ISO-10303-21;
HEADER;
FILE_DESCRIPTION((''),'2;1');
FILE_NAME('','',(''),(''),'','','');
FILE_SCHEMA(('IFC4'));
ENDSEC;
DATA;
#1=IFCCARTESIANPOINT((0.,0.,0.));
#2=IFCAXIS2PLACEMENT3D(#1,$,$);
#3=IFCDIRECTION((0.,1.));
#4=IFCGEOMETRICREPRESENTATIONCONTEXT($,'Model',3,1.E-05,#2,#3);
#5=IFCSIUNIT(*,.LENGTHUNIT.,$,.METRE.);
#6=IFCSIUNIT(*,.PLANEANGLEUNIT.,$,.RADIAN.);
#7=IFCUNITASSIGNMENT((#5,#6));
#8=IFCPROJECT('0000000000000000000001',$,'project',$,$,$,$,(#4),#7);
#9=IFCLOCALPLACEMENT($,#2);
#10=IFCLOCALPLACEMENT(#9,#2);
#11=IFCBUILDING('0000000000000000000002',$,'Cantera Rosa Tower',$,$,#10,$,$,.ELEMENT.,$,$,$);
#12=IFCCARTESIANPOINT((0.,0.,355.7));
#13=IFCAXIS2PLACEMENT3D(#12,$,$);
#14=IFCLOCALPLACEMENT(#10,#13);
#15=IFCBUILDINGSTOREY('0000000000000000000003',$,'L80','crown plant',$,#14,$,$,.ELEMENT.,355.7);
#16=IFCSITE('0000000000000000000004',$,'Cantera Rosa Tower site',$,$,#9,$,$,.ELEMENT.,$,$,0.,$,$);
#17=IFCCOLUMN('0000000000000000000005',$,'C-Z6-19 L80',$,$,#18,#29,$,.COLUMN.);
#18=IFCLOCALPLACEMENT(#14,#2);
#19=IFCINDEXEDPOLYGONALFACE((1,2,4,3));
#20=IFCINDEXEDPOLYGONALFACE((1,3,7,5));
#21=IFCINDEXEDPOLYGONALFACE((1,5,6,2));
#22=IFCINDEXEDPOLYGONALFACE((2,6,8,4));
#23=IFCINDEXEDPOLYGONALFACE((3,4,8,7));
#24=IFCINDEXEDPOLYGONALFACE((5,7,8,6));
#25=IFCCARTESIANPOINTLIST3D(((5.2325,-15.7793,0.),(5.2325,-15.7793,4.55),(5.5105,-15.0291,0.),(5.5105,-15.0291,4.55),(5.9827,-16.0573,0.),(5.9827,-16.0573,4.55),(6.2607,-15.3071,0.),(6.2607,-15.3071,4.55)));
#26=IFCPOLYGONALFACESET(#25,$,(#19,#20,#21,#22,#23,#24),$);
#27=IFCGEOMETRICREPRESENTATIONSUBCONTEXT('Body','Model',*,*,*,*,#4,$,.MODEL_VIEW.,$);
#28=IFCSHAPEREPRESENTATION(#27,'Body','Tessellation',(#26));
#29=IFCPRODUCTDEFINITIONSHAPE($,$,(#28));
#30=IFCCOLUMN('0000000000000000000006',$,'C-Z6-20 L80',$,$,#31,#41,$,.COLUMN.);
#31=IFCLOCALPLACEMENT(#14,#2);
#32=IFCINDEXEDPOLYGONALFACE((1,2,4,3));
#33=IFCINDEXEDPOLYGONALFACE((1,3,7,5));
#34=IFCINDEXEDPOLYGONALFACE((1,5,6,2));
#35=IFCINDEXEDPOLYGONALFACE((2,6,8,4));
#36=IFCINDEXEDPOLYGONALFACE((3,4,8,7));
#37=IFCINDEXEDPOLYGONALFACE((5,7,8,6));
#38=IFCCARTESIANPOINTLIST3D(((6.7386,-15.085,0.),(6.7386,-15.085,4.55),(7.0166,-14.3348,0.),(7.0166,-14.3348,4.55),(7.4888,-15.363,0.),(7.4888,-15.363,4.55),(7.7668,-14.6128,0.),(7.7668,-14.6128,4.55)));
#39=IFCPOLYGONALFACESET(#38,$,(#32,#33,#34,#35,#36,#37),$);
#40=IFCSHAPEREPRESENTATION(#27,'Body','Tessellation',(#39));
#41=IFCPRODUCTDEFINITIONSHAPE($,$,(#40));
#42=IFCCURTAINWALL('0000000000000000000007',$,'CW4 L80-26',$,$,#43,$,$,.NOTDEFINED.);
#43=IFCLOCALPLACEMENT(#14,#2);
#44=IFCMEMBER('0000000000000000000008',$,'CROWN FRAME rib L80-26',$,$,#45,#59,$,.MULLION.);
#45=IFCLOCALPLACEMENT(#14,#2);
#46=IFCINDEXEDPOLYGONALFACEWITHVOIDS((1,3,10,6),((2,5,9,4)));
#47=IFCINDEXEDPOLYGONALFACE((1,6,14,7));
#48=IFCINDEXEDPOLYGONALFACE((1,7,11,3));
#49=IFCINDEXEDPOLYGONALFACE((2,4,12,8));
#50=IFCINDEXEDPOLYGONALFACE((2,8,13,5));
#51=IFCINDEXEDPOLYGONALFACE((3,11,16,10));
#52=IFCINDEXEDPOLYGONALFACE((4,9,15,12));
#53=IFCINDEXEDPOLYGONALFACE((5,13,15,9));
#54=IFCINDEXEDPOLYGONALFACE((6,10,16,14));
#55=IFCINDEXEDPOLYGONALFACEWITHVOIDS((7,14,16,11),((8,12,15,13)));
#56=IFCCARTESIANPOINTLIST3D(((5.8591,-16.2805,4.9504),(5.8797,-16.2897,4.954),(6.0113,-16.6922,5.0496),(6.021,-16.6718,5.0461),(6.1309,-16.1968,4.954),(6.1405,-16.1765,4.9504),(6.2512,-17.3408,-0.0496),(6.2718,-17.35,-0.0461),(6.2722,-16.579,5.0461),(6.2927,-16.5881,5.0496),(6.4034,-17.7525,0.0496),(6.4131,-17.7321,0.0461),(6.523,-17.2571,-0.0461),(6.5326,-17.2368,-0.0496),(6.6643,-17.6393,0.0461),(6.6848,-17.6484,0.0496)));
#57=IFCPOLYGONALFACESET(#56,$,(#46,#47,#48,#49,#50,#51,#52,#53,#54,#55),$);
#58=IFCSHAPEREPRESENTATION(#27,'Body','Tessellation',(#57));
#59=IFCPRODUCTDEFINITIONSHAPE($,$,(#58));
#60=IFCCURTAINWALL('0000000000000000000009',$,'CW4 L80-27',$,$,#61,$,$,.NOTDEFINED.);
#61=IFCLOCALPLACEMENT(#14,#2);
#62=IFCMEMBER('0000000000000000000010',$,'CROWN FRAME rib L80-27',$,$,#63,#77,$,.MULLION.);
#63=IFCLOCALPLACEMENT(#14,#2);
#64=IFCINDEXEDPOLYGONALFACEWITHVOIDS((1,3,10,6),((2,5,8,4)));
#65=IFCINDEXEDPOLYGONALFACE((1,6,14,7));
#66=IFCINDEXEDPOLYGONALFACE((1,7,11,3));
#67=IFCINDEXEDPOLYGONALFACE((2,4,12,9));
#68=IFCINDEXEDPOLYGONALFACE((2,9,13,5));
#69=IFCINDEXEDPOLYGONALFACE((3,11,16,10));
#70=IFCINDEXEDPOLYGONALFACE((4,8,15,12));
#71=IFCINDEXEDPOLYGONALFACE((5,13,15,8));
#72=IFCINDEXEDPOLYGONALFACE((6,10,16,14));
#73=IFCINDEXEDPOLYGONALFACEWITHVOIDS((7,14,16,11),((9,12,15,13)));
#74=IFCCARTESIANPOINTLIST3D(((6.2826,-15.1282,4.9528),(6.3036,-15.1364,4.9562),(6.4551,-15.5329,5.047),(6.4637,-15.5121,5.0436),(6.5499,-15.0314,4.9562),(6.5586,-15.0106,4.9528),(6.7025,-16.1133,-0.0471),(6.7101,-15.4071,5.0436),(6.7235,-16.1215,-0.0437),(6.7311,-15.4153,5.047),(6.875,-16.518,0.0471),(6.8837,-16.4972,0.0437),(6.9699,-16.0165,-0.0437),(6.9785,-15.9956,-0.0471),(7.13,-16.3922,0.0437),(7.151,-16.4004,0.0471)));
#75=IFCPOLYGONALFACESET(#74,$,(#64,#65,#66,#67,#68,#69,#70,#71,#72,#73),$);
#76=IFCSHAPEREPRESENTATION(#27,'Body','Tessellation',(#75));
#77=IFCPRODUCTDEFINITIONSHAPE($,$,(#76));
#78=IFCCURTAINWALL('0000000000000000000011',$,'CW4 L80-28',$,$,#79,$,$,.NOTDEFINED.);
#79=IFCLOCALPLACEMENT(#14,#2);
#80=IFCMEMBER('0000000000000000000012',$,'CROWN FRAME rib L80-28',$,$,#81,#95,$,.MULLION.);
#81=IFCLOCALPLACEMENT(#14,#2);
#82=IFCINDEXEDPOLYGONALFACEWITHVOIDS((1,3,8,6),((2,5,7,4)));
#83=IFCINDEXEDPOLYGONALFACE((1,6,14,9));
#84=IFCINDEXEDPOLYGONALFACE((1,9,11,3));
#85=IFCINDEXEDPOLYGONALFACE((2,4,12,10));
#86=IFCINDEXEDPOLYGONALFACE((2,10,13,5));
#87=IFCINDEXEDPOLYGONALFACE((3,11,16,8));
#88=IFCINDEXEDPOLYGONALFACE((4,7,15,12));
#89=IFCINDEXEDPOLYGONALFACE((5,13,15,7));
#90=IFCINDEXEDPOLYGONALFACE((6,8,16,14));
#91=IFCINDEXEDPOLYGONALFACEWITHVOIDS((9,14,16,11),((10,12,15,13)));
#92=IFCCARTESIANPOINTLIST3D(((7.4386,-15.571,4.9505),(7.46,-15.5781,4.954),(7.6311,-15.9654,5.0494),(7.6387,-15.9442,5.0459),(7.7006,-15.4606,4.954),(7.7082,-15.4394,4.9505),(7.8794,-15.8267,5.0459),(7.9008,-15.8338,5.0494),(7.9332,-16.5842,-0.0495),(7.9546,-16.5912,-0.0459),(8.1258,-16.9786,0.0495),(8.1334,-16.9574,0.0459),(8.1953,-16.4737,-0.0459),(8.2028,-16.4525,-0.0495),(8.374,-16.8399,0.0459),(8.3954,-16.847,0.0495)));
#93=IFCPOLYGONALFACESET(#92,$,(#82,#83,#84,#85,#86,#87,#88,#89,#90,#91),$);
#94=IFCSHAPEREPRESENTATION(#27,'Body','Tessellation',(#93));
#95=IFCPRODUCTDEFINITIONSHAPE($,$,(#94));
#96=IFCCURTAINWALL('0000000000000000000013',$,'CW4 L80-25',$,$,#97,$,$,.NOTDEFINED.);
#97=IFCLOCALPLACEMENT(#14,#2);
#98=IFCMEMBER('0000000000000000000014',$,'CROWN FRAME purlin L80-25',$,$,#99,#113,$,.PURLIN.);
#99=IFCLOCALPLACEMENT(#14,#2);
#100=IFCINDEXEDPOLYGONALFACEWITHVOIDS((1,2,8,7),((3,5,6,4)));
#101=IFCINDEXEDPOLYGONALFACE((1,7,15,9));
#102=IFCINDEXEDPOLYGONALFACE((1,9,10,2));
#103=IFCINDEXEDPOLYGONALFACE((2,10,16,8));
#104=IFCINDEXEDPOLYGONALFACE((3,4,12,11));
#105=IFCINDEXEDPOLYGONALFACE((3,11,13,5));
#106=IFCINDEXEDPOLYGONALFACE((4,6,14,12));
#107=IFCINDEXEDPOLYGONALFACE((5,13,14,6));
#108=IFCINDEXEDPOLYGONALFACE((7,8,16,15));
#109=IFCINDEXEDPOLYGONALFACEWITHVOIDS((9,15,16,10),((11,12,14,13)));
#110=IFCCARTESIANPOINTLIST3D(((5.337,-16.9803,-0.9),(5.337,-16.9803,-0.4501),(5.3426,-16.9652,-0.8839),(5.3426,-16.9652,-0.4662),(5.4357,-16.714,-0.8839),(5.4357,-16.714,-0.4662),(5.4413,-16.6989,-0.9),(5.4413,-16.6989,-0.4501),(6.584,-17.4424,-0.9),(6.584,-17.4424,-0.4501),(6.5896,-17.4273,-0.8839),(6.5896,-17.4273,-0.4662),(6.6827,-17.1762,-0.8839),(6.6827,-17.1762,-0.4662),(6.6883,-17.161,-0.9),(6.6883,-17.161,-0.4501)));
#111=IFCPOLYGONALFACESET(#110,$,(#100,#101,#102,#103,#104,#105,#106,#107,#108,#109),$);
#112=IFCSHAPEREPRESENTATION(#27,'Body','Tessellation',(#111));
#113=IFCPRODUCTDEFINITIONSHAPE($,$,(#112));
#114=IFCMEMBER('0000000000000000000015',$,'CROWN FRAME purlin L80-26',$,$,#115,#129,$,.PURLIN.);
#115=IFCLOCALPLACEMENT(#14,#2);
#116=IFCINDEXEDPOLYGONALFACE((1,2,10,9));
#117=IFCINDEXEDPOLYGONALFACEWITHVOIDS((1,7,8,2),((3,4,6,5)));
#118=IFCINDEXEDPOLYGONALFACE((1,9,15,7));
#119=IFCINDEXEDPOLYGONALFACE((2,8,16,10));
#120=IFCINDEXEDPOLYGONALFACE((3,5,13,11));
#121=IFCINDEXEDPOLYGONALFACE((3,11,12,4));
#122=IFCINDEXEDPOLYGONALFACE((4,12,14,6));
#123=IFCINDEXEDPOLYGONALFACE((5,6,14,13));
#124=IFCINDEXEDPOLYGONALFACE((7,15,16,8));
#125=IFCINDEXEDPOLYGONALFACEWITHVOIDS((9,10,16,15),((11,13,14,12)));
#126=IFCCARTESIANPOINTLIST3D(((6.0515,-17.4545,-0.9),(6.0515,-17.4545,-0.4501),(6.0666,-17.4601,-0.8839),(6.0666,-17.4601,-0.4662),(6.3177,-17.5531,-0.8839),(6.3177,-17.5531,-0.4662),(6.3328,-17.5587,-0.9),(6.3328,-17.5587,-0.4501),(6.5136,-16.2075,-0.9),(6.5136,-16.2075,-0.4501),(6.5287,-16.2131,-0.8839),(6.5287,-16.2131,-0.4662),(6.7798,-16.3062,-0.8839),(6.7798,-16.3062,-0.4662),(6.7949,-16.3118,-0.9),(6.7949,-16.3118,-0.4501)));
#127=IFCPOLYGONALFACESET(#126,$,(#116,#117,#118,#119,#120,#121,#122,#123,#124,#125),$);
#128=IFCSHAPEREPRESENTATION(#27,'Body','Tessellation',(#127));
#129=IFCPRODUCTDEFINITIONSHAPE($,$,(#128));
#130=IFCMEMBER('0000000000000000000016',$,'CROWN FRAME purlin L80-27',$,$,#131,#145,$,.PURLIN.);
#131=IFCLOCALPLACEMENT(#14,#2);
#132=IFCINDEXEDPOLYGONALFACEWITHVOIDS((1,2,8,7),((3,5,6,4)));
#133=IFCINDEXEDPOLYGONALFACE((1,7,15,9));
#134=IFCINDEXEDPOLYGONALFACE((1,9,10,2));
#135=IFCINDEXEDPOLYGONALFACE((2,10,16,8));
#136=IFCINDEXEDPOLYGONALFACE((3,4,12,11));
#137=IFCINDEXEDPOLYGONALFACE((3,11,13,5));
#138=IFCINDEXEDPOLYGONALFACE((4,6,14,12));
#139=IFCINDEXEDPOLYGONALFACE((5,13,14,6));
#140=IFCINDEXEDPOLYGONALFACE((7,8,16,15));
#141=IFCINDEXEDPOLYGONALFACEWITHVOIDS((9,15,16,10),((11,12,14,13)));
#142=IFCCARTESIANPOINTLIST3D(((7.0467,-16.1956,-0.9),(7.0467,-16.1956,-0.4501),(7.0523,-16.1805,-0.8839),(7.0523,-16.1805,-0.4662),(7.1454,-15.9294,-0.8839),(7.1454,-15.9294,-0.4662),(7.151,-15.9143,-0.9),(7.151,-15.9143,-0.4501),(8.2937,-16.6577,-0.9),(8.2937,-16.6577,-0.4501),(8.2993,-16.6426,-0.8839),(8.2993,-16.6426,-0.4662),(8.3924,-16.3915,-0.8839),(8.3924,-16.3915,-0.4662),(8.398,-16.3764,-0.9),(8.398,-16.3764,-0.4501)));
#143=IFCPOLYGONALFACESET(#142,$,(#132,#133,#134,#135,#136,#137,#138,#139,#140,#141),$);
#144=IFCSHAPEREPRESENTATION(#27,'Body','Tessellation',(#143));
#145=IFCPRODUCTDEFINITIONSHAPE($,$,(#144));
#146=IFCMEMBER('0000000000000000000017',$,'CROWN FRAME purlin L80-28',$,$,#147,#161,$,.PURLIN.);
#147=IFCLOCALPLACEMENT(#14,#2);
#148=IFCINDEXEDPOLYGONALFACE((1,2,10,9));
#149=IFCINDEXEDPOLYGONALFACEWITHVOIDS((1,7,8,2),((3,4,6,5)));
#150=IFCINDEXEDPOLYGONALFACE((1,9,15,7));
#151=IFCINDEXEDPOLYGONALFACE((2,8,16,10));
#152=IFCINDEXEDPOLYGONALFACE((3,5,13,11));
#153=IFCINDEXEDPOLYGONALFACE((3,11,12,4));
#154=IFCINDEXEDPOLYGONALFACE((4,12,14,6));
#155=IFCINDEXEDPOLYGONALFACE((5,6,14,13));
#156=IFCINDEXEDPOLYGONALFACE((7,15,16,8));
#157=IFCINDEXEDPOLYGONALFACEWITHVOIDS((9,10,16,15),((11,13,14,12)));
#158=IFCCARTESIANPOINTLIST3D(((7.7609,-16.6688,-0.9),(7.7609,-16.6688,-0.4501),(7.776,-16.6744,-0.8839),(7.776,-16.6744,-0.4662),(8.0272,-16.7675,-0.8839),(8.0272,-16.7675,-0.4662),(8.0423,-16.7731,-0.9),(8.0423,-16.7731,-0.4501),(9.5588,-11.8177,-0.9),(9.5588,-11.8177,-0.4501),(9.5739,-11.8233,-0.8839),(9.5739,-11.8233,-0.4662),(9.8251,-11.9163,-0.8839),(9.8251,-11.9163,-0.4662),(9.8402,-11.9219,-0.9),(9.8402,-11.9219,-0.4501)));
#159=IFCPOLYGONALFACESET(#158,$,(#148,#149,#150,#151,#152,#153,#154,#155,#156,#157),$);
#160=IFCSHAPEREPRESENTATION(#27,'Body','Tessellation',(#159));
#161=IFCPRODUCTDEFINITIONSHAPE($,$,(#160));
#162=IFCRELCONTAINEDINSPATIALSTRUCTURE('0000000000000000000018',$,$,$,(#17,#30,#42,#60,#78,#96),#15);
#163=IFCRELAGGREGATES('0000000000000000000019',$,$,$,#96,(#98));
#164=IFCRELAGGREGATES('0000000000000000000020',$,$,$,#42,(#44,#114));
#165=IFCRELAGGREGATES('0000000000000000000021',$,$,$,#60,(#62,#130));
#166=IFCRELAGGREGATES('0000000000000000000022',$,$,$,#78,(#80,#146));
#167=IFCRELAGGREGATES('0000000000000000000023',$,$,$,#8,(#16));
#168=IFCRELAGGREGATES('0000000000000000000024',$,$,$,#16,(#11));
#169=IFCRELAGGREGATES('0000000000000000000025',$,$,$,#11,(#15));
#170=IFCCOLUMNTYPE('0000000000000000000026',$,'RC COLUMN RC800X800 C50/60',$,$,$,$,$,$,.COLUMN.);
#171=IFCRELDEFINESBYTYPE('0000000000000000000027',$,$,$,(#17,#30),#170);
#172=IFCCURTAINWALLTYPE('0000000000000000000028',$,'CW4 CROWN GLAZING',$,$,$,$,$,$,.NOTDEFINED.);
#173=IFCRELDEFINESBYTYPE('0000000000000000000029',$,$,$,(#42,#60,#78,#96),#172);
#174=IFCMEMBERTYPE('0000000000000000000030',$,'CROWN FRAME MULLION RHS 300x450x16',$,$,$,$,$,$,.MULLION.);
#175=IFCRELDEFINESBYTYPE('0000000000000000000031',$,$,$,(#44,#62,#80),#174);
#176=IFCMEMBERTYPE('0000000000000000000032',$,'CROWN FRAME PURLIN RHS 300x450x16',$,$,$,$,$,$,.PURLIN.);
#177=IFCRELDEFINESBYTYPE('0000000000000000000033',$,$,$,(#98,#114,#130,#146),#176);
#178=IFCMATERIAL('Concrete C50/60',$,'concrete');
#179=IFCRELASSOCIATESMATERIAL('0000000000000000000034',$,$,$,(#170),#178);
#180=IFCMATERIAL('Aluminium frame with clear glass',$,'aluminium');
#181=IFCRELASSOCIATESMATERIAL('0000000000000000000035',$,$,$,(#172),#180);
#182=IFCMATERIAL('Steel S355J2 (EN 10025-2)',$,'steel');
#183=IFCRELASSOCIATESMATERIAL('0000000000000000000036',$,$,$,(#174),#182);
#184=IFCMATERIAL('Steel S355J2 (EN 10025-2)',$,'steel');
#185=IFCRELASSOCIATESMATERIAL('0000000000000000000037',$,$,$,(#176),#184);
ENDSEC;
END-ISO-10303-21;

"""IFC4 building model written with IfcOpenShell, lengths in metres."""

from ifc_helpers import new_model, si_unit, direction, frame, origin, origin_2d, place, context, subcontext, project, spatial, rectangle, hollow_rectangle, extrude, material, material_profile, profile_set, type_object, element, aggregate, save


model = new_model("IFC4")

# Units and contexts
model_context = context("Model", 3, precision=1e-05, world=origin(), true_north=direction((0.0, 1.0)))
body_context = subcontext(model_context, "Body", "Model", "MODEL_VIEW")
ifc_project = project(units=[si_unit("LENGTHUNIT", "METRE"), si_unit("PLANEANGLEUNIT", "RADIAN")], contexts=[model_context])

# Site, building, storey
site_placement = place(None, origin())
site = spatial("IfcSite", under=ifc_project, at=site_placement, Name="Cantera Rosa Tower site", CompositionType="ELEMENT", RefElevation=0.0)
building_placement = place(site_placement, origin())
building = spatial("IfcBuilding", under=site, at=building_placement, Name="Cantera Rosa Tower", CompositionType="ELEMENT")
storey_placement = place(building_placement, frame((0.0, 0.0, 355.7)))
storey = spatial("IfcBuildingStorey", under=building, at=storey_placement, Name="L80", Description="crown plant", CompositionType="ELEMENT", Elevation=355.7)

# Columns
ifc_material_1 = material(Name="Concrete C50/60", Category="concrete")
ifc_material_profile_1 = material_profile(ifc_material_1, rectangle(XDim=0.8, YDim=0.8, at=origin_2d()), Name="RC COLUMN RC800X800 C50/60")
ifc_profile_set_1 = profile_set([ifc_material_profile_1], Name="Concrete C50/60")
column_type = type_object("IfcColumnType", Name="RC COLUMN RC800X800 C50/60", PredefinedType="COLUMN", material=ifc_profile_set_1)
for number, where, z_axis, x_axis, name in (
    (1, (5.7466, -15.5432, 0.0), (0.0, 0.0, 1.0), (0.347481, 0.937687, 0.0), "C-Z6-19 L80"),
    (2, (7.2527, -14.8489, 0.0), (0.0, 0.0, 1.0), (0.347481, 0.937687, 0.0), "C-Z6-20 L80"),
):
    element("IfcColumn", number, at=place(storey_placement, frame(where, z_axis=z_axis, x_axis=x_axis)), inside=storey, type_object=column_type, Name=name, PredefinedType="COLUMN", context=body_context, shape_type="SweptSolid", body=[
        extrude(rectangle(XDim=0.8, YDim=0.8, at=origin_2d()), origin(), (0.0, 0.0, 1.0), 4.55),
    ])

# Curtain walls, members
ifc_material_2 = material(Name="Aluminium frame with clear glass", Category="aluminium")
curtain_wall_type = type_object("IfcCurtainWallType", Name="CW4 CROWN GLAZING", PredefinedType="NOTDEFINED", material=ifc_material_2)
curtain_wall_1_placement = place(storey_placement, origin())
curtain_wall_1 = element("IfcCurtainWall", 3, at=curtain_wall_1_placement, inside=storey, type_object=curtain_wall_type, Name="CW4 L80-26", PredefinedType="NOTDEFINED")
ifc_material_3 = material(Name="Steel S355J2 (EN 10025-2)", Category="steel")
ifc_material_profile_2 = material_profile(ifc_material_3, hollow_rectangle(XDim=0.3, YDim=0.45, WallThickness=0.0161, at=origin_2d()), Name="CROWN FRAME MULLION RHS 300x450x16")
ifc_profile_set_2 = profile_set([ifc_material_profile_2], Name="Steel S355J2 (EN 10025-2)")
member_type_1 = type_object("IfcMemberType", Name="CROWN FRAME MULLION RHS 300x450x16", PredefinedType="MULLION", material=ifc_profile_set_2)
member_1_placement = place(storey_placement, frame((6.468, -17.4946, 0.0), z_axis=(-0.076487, 0.20684, 0.97538), x_axis=(-0.937926, -0.346836, 0.0)))
member_1 = element("IfcMember", 4, at=member_1_placement, type_object=member_type_1, Name="CROWN FRAME rib L80-26", PredefinedType="MULLION", context=body_context, shape_type="SweptSolid", body=[
    extrude(hollow_rectangle(XDim=0.3, YDim=0.45, WallThickness=0.0161, at=origin_2d()), origin(), (0.0, 0.0, 1.0), 5.1262),
])
curtain_wall_2_placement = place(storey_placement, origin())
curtain_wall_2 = element("IfcCurtainWall", 5, at=curtain_wall_2_placement, inside=storey, type_object=curtain_wall_type, Name="CW4 L80-27", PredefinedType="NOTDEFINED")
member_2_placement = place(storey_placement, frame((6.9268, -16.2568, 0.0), z_axis=(-0.082122, 0.192652, 0.977825), x_axis=(-0.91991, -0.39213, 0.0)))
member_2 = element("IfcMember", 6, at=member_2_placement, type_object=member_type_1, Name="CROWN FRAME rib L80-27", PredefinedType="MULLION", context=body_context, shape_type="SweptSolid", body=[
    extrude(hollow_rectangle(XDim=0.3, YDim=0.45, WallThickness=0.0161, at=origin_2d()), origin(), (0.0, 0.0, 1.0), 5.1133),
])
curtain_wall_3_placement = place(storey_placement, origin())
curtain_wall_3 = element("IfcCurtainWall", 7, at=curtain_wall_3_placement, inside=storey, type_object=curtain_wall_type, Name="CW4 L80-28", PredefinedType="NOTDEFINED")
member_3_placement = place(storey_placement, frame((8.1643, -16.7156, 0.0), z_axis=(-0.096503, 0.197673, 0.975506), x_axis=(-0.898631, -0.438705, 0.0)))
member_3 = element("IfcMember", 8, at=member_3_placement, type_object=member_type_1, Name="CROWN FRAME rib L80-28", PredefinedType="MULLION", context=body_context, shape_type="SweptSolid", body=[
    extrude(hollow_rectangle(XDim=0.3, YDim=0.45, WallThickness=0.0161, at=origin_2d()), origin(), (0.0, 0.0, 1.0), 5.1255),
])
curtain_wall_4_placement = place(storey_placement, origin())
curtain_wall_4 = element("IfcCurtainWall", 9, at=curtain_wall_4_placement, inside=storey, type_object=curtain_wall_type, Name="CW4 L80-25", PredefinedType="NOTDEFINED")
ifc_material_4 = material(Name="Steel S355J2 (EN 10025-2)", Category="steel")
ifc_material_profile_3 = material_profile(ifc_material_4, hollow_rectangle(XDim=0.3, YDim=0.45, WallThickness=0.0161, at=origin_2d()), Name="CROWN FRAME PURLIN RHS 300x450x16")
ifc_profile_set_3 = profile_set([ifc_material_profile_3], Name="Steel S355J2 (EN 10025-2)")
member_type_2 = type_object("IfcMemberType", Name="CROWN FRAME PURLIN RHS 300x450x16", PredefinedType="PURLIN", material=ifc_profile_set_3)
member_4_placement = place(storey_placement, frame((5.3892, -16.8396, -0.675), z_axis=(0.93768, -0.3475, 0.0), x_axis=(0.3475, 0.93768, 0.0)))
member_4 = element("IfcMember", 10, at=member_4_placement, type_object=member_type_2, Name="CROWN FRAME purlin L80-25", PredefinedType="PURLIN", context=body_context, shape_type="SweptSolid", body=[
    extrude(hollow_rectangle(XDim=0.3, YDim=0.45, WallThickness=0.0161, at=origin_2d()), origin(), (0.0, 0.0, 1.0), 1.3298),
])

# Members
member_5_placement = place(storey_placement, frame((6.1921, -17.5066, -0.675), z_axis=(0.3475, 0.93768, 0.0), x_axis=(-0.93768, 0.3475, 0.0)))
member_5 = element("IfcMember", 11, at=member_5_placement, type_object=member_type_2, Name="CROWN FRAME purlin L80-26", PredefinedType="PURLIN", context=body_context, shape_type="SweptSolid", body=[
    extrude(hollow_rectangle(XDim=0.3, YDim=0.45, WallThickness=0.0161, at=origin_2d()), origin(), (0.0, 0.0, 1.0), 1.3298),
])
member_6_placement = place(storey_placement, frame((7.0989, -16.0549, -0.675), z_axis=(0.93768, -0.3475, 0.0), x_axis=(0.3475, 0.93768, 0.0)))
member_6 = element("IfcMember", 12, at=member_6_placement, type_object=member_type_2, Name="CROWN FRAME purlin L80-27", PredefinedType="PURLIN", context=body_context, shape_type="SweptSolid", body=[
    extrude(hollow_rectangle(XDim=0.3, YDim=0.45, WallThickness=0.0161, at=origin_2d()), origin(), (0.0, 0.0, 1.0), 1.3298),
])
member_7_placement = place(storey_placement, frame((7.9016, -16.7209, -0.675), z_axis=(0.347511, 0.937676, 0.0), x_axis=(-0.937676, 0.347511, 0.0)))
member_7 = element("IfcMember", 13, at=member_7_placement, type_object=member_type_2, Name="CROWN FRAME purlin L80-28", PredefinedType="PURLIN", context=body_context, shape_type="SweptSolid", body=[
    extrude(hollow_rectangle(XDim=0.3, YDim=0.45, WallThickness=0.0161, at=origin_2d()), origin(), (0.0, 0.0, 1.0), 5.1736),
])

aggregate(curtain_wall_4, [member_4])
aggregate(curtain_wall_1, [member_1, member_5])
aggregate(curtain_wall_2, [member_2, member_6])
aggregate(curtain_wall_3, [member_3, member_7])

save(model, "model.ifc")
